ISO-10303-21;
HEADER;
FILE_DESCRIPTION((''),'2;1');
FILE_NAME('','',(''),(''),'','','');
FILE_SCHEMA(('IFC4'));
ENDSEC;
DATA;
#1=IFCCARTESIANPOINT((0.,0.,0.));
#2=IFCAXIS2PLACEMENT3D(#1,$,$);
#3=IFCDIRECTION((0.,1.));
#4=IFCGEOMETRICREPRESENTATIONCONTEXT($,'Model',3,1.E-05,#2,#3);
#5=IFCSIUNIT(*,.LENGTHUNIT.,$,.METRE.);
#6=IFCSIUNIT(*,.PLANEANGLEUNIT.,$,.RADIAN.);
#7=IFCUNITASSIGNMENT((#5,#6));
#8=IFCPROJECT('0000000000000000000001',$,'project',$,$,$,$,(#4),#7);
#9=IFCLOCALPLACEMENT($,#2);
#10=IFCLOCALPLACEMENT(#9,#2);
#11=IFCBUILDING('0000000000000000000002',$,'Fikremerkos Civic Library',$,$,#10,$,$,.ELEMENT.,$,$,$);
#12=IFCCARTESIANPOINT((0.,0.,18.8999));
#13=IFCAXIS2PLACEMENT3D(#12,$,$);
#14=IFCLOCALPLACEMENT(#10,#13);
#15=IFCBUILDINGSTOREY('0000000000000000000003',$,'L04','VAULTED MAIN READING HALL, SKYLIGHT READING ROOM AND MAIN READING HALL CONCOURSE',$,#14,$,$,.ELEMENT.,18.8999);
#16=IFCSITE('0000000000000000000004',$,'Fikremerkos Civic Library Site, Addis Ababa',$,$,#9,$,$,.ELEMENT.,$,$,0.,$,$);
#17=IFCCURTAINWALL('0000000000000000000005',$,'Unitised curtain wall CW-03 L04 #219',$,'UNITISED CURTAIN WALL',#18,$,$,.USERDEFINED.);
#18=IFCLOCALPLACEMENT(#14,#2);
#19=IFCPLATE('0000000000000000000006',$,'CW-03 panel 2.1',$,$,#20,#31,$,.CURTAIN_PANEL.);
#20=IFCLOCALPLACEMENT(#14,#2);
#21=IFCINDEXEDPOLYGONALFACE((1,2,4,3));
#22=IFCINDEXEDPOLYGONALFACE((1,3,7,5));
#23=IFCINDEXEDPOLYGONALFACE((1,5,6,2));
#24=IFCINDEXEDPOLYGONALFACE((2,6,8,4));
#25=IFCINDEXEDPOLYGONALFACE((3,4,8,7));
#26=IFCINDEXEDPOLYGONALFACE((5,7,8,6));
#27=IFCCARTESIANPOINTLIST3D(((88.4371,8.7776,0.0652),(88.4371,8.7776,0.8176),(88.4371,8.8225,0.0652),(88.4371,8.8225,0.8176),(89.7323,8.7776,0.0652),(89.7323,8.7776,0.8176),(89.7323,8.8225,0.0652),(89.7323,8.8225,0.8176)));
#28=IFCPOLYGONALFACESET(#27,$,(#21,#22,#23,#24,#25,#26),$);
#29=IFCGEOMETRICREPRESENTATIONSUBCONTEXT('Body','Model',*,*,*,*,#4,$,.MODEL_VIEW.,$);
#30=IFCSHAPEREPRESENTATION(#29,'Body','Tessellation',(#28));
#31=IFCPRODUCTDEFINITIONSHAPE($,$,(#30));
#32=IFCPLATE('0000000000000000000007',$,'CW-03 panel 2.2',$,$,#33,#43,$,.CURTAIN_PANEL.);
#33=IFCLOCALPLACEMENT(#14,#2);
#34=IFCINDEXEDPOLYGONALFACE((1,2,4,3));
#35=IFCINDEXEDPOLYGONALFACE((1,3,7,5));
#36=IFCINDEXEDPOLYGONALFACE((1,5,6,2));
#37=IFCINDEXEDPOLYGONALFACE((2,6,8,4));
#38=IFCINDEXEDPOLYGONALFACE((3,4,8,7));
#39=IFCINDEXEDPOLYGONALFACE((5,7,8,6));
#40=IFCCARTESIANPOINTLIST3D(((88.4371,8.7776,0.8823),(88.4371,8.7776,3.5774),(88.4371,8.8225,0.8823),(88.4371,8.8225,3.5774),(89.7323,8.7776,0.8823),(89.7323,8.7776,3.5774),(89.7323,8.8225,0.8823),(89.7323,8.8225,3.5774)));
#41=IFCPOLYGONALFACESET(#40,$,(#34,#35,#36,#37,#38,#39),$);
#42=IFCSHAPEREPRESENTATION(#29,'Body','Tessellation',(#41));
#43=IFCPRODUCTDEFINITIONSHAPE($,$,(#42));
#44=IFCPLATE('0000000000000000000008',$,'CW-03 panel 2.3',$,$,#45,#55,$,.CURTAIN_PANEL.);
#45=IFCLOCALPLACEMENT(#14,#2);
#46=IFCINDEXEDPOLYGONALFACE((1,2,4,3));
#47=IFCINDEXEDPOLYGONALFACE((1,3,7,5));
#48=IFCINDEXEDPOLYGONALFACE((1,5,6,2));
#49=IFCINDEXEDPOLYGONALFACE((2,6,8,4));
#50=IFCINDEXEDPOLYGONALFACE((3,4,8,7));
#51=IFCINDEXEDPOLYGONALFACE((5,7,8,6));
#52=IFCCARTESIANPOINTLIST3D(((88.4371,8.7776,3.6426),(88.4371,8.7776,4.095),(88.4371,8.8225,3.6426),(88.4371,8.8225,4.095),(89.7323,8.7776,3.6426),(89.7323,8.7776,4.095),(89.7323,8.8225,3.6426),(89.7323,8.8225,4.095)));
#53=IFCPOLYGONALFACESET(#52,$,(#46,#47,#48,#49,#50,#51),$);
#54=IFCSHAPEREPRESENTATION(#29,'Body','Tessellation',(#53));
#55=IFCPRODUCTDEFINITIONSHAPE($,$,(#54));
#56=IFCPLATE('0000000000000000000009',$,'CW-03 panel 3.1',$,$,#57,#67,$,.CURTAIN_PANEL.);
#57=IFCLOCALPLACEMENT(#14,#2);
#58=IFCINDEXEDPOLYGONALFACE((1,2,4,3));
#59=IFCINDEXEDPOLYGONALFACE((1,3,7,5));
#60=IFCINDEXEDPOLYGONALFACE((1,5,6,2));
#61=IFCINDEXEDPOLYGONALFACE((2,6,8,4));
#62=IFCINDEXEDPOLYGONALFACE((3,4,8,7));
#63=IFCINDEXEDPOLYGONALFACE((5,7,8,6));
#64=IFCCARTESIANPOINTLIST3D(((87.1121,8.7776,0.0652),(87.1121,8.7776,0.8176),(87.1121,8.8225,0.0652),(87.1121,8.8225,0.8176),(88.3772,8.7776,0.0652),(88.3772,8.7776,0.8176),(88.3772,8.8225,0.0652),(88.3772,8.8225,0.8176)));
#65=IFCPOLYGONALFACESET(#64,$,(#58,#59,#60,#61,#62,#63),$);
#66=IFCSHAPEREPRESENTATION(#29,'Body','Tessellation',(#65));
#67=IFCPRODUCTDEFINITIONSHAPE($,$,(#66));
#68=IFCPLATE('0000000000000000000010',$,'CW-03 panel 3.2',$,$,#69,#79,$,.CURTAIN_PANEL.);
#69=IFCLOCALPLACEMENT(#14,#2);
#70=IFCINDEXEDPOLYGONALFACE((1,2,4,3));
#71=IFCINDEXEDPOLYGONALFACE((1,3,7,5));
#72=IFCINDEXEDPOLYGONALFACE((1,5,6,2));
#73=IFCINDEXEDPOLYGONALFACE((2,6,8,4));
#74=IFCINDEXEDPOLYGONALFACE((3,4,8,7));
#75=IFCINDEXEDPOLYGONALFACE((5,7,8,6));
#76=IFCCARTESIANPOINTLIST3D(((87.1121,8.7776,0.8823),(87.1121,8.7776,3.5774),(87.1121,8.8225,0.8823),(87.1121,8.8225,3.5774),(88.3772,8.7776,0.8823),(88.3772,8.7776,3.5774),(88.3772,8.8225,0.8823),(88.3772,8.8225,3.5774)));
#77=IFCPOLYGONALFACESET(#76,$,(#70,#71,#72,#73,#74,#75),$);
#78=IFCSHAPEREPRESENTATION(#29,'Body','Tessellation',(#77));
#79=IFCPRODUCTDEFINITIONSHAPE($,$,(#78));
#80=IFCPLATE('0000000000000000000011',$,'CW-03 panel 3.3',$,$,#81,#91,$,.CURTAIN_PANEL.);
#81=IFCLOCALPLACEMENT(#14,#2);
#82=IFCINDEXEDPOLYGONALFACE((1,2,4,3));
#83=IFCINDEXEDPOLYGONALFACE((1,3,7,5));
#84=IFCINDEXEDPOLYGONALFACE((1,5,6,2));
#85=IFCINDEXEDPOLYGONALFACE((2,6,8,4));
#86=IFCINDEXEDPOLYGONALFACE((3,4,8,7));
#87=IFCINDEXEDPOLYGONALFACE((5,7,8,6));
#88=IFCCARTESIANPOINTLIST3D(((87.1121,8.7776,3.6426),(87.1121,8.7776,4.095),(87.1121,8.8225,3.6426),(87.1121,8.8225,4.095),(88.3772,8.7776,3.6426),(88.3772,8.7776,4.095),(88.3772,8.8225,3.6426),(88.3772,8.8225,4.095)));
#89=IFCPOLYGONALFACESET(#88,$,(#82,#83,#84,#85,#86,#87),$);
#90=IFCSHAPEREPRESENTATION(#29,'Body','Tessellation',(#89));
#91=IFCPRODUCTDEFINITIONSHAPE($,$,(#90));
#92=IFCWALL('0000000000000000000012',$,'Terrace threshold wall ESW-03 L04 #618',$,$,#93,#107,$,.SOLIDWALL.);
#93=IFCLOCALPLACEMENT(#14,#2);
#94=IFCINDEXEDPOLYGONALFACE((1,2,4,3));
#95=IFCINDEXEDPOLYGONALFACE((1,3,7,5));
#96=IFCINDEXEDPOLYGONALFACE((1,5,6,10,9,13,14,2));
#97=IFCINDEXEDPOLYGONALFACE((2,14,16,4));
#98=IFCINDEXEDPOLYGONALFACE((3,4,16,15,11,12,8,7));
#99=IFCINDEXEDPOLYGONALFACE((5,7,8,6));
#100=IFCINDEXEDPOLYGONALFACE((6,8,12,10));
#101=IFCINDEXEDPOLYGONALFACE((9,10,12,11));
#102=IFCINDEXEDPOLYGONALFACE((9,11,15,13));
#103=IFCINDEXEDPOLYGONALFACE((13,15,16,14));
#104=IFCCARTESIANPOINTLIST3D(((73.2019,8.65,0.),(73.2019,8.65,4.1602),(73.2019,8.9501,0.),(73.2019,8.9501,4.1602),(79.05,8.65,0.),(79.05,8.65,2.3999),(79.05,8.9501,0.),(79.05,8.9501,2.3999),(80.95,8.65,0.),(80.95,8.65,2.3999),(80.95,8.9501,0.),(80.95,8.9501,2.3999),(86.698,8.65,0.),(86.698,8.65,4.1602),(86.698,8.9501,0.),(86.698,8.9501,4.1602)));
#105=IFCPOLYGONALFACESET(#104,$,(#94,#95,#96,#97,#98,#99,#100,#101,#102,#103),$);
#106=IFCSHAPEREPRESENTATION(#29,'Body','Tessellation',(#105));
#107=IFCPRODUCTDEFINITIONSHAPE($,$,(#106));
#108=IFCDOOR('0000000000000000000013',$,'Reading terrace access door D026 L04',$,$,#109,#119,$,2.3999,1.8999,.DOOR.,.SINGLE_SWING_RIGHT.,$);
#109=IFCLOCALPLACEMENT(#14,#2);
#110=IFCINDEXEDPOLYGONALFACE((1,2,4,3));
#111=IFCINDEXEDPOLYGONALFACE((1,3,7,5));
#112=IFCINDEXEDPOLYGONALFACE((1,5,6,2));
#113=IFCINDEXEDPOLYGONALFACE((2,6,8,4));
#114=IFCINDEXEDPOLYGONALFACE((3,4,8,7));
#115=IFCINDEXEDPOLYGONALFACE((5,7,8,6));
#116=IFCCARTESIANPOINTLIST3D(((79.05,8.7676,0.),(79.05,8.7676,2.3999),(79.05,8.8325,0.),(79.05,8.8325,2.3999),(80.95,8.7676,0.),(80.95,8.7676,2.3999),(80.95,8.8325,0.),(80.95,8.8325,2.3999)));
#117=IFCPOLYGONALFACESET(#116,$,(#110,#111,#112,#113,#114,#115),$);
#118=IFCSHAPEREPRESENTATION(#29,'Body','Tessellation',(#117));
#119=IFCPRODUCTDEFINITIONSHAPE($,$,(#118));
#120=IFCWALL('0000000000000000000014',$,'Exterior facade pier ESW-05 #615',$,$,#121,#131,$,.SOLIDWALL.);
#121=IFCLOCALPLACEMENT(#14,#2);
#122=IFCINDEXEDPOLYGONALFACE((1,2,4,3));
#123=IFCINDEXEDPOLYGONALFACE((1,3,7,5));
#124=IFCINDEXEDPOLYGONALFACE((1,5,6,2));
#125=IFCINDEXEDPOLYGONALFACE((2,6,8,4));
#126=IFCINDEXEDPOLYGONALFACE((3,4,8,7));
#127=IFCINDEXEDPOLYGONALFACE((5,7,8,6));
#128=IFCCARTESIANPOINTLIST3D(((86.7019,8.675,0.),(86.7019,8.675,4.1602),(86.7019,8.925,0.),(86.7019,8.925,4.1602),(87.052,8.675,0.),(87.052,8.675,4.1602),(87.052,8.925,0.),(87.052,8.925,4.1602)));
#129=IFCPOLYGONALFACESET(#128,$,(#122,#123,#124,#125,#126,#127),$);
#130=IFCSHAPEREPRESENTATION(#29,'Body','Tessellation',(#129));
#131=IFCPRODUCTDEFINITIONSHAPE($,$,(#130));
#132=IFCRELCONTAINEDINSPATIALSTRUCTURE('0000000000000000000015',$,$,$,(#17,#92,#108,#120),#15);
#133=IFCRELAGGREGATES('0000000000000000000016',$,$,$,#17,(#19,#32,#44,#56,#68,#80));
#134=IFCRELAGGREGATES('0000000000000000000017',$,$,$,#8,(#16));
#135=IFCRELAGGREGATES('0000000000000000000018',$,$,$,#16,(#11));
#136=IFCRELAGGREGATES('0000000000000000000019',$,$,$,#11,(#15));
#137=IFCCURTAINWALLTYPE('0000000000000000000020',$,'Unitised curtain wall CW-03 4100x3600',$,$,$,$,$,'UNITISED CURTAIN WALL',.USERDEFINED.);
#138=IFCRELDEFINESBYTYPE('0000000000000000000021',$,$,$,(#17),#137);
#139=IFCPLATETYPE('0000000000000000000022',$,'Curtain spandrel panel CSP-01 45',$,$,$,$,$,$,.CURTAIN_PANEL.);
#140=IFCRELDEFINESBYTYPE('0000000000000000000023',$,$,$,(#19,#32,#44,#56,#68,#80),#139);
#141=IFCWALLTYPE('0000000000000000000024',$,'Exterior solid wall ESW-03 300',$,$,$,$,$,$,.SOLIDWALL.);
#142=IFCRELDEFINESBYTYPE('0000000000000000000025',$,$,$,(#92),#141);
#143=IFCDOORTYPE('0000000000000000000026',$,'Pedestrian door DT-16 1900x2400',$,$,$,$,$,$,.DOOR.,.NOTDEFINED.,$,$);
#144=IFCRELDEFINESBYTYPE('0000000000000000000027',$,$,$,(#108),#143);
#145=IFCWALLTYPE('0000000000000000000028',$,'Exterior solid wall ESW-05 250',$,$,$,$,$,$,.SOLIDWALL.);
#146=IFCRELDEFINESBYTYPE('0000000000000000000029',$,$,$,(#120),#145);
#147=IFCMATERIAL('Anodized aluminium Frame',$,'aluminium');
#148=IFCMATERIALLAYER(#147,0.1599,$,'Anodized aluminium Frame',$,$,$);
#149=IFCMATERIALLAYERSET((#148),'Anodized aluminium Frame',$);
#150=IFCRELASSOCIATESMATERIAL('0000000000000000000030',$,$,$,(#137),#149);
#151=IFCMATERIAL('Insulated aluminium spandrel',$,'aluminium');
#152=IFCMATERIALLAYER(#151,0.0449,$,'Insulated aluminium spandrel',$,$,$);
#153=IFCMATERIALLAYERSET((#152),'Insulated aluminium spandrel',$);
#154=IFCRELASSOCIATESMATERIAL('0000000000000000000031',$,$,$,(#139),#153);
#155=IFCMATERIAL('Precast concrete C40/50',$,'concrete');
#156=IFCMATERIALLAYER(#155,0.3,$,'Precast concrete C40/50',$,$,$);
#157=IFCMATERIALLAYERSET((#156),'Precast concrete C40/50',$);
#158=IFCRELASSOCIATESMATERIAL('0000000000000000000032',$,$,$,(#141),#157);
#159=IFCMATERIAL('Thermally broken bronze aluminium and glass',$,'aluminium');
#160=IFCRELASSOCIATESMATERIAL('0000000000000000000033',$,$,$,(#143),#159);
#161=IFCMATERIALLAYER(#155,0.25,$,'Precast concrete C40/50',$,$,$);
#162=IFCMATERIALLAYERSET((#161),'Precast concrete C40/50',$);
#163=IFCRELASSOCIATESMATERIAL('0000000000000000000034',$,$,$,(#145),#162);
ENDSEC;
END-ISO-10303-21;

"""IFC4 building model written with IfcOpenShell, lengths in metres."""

from ifc_helpers import new_model, si_unit, direction, frame, frame_2d, origin, origin_2d, place, context, subcontext, project, spatial, rectangle, extrude, material, layer, layer_set, type_object, element, fill, aggregate, save


model = new_model("IFC4")

# Units and contexts
model_context = context("Model", 3, precision=1e-05, world=origin(), true_north=direction((0.0, 1.0)))
body_context = subcontext(model_context, "Body", "Model", "MODEL_VIEW")
ifc_project = project(units=[si_unit("LENGTHUNIT", "METRE"), si_unit("PLANEANGLEUNIT", "RADIAN")], contexts=[model_context])

# Site, building, storey
site_placement = place(None, origin())
site = spatial("IfcSite", under=ifc_project, at=site_placement, Name="Fikremerkos Civic Library Site, Addis Ababa", CompositionType="ELEMENT", RefElevation=0.0)
building_placement = place(site_placement, origin())
building = spatial("IfcBuilding", under=site, at=building_placement, Name="Fikremerkos Civic Library", CompositionType="ELEMENT")
storey_placement = place(building_placement, frame((0.0, 0.0, 18.8999)))
storey = spatial("IfcBuildingStorey", under=building, at=storey_placement, Name="L04", Description="VAULTED MAIN READING HALL, SKYLIGHT READING ROOM AND MAIN READING HALL CONCOURSE", CompositionType="ELEMENT", Elevation=18.8999)

# Curtain wall, plates
ifc_material_1 = material(Name="Anodized aluminium Frame", Category="aluminium")
ifc_layer_1 = layer(ifc_material_1, 0.1599, Name="Anodized aluminium Frame")
ifc_layer_set_1 = layer_set([ifc_layer_1], Name="Anodized aluminium Frame")
curtain_wall_type = type_object("IfcCurtainWallType", Name="Unitised curtain wall CW-03 4100x3600", ElementType="UNITISED CURTAIN WALL", PredefinedType="USERDEFINED", material=ifc_layer_set_1)
curtain_wall_placement = place(storey_placement, origin())
curtain_wall = element("IfcCurtainWall", 1, at=curtain_wall_placement, inside=storey, type_object=curtain_wall_type, Name="Unitised curtain wall CW-03 L04 #219", ObjectType="UNITISED CURTAIN WALL", PredefinedType="USERDEFINED")
ifc_material_2 = material(Name="Insulated aluminium spandrel", Category="aluminium")
ifc_layer_2 = layer(ifc_material_2, 0.0449, Name="Insulated aluminium spandrel")
ifc_layer_set_2 = layer_set([ifc_layer_2], Name="Insulated aluminium spandrel")
plate_type = type_object("IfcPlateType", Name="Curtain spandrel panel CSP-01 45", PredefinedType="CURTAIN_PANEL", material=ifc_layer_set_2)
plate_1_placement = place(storey_placement, frame((89.0847, 8.8, 0.0652), z_axis=(0.0, 0.0, 1.0), x_axis=(-1.0, 0.0, 0.0)))
plate_1 = element("IfcPlate", 2, at=plate_1_placement, type_object=plate_type, Name="CW-03 panel 2.1", PredefinedType="CURTAIN_PANEL", context=body_context, shape_type="SweptSolid", body=[
    extrude(rectangle(XDim=1.2952, YDim=0.0449, at=origin_2d()), origin(), (0.0, 0.0, 1.0), 0.7524),
])
plate_2_placement = place(storey_placement, frame((89.0847, 8.8, 0.8823), z_axis=(0.0, 0.0, 1.0), x_axis=(-1.0, 0.0, 0.0)))
plate_2 = element("IfcPlate", 3, at=plate_2_placement, type_object=plate_type, Name="CW-03 panel 2.2", PredefinedType="CURTAIN_PANEL", context=body_context, shape_type="SweptSolid", body=[
    extrude(rectangle(XDim=1.2952, YDim=0.0449, at=origin_2d()), origin(), (0.0, 0.0, 1.0), 2.6951),
])
plate_3_placement = place(storey_placement, frame((89.0847, 8.8, 3.6426), z_axis=(0.0, 0.0, 1.0), x_axis=(-1.0, 0.0, 0.0)))
plate_3 = element("IfcPlate", 4, at=plate_3_placement, type_object=plate_type, Name="CW-03 panel 2.3", PredefinedType="CURTAIN_PANEL", context=body_context, shape_type="SweptSolid", body=[
    extrude(rectangle(XDim=1.2952, YDim=0.0449, at=origin_2d()), origin(), (0.0, 0.0, 1.0), 0.4524),
])
plate_4_placement = place(storey_placement, frame((87.7446, 8.8, 0.0652), z_axis=(0.0, 0.0, 1.0), x_axis=(-1.0, 0.0, 0.0)))
plate_4 = element("IfcPlate", 5, at=plate_4_placement, type_object=plate_type, Name="CW-03 panel 3.1", PredefinedType="CURTAIN_PANEL", context=body_context, shape_type="SweptSolid", body=[
    extrude(rectangle(XDim=1.2651, YDim=0.0449, at=origin_2d()), origin(), (0.0, 0.0, 1.0), 0.7524),
])
plate_5_placement = place(storey_placement, frame((87.7446, 8.8, 0.8823), z_axis=(0.0, 0.0, 1.0), x_axis=(-1.0, 0.0, 0.0)))
plate_5 = element("IfcPlate", 6, at=plate_5_placement, type_object=plate_type, Name="CW-03 panel 3.2", PredefinedType="CURTAIN_PANEL", context=body_context, shape_type="SweptSolid", body=[
    extrude(rectangle(XDim=1.2651, YDim=0.0449, at=origin_2d()), origin(), (0.0, 0.0, 1.0), 2.6951),
])
plate_6_placement = place(storey_placement, frame((87.7446, 8.8, 3.6426), z_axis=(0.0, 0.0, 1.0), x_axis=(-1.0, 0.0, 0.0)))
plate_6 = element("IfcPlate", 7, at=plate_6_placement, type_object=plate_type, Name="CW-03 panel 3.3", PredefinedType="CURTAIN_PANEL", context=body_context, shape_type="SweptSolid", body=[
    extrude(rectangle(XDim=1.2651, YDim=0.0449, at=origin_2d()), origin(), (0.0, 0.0, 1.0), 0.4524),
])
aggregate(curtain_wall, [plate_1, plate_2, plate_3, plate_4, plate_5, plate_6])

# Wall, opening, door
ifc_material_3 = material(Name="Precast concrete C40/50", Category="concrete")
ifc_layer_3 = layer(ifc_material_3, 0.3, Name="Precast concrete C40/50")
ifc_layer_set_3 = layer_set([ifc_layer_3], Name="Precast concrete C40/50")
wall_type_1 = type_object("IfcWallType", Name="Exterior solid wall ESW-03 300", PredefinedType="SOLIDWALL", material=ifc_layer_set_3)
wall_1_placement = place(storey_placement, frame((86.698, 8.8, 0.0), z_axis=(0.0, 0.0, 1.0), x_axis=(-1.0, 0.0, 0.0)))
wall_1 = element("IfcWall", 8, at=wall_1_placement, inside=storey, type_object=wall_type_1, Name="Terrace threshold wall ESW-03 L04 #618", PredefinedType="SOLIDWALL", context=body_context, shape_type="SweptSolid", body=[
    extrude(rectangle(XDim=13.4961, YDim=0.3, at=frame_2d((6.748, 0.0))), origin(), (0.0, 0.0, 1.0), 4.1602),
])
opening_placement = place(wall_1_placement, frame((5.748, 0.0, 0.0)))
opening = element("IfcOpeningElement", 9, at=opening_placement, cuts=wall_1, PredefinedType="OPENING", context=body_context, shape_type="SweptSolid", body=[
    extrude(rectangle(XDim=1.8999, YDim=2.3999, at=frame_2d((0.95, 1.2))), frame((0.0, 0.1599, 0.0), z_axis=(0.0, -1.0, 0.0), x_axis=(1.0, 0.0, 0.0)), (0.0, 0.0, 1.0), 0.3201),
])
ifc_material_4 = material(Name="Thermally broken bronze aluminium and glass", Category="aluminium")
door_type = type_object("IfcDoorType", Name="Pedestrian door DT-16 1900x2400", OperationType="NOTDEFINED", PredefinedType="DOOR", material=ifc_material_4)
door_placement = place(opening_placement, origin())
door = element("IfcDoor", 10, at=door_placement, inside=storey, type_object=door_type, Name="Reading terrace access door D026 L04", OperationType="SINGLE_SWING_RIGHT", OverallHeight=2.3999, OverallWidth=1.8999, PredefinedType="DOOR", context=body_context, shape_type="SweptSolid", body=[
    extrude(rectangle(XDim=1.8999, YDim=2.3999, at=frame_2d((0.95, 1.2))), frame((0.0, 0.0325, 0.0), z_axis=(0.0, -1.0, 0.0), x_axis=(1.0, 0.0, 0.0)), (0.0, 0.0, 1.0), 0.0649),
])
fill(opening, door)

# Wall
ifc_layer_4 = layer(ifc_material_3, 0.25, Name="Precast concrete C40/50")
ifc_layer_set_4 = layer_set([ifc_layer_4], Name="Precast concrete C40/50")
wall_type_2 = type_object("IfcWallType", Name="Exterior solid wall ESW-05 250", PredefinedType="SOLIDWALL", material=ifc_layer_set_4)
wall_2_placement = place(storey_placement, frame((87.052, 8.8, 0.0), z_axis=(0.0, 0.0, 1.0), x_axis=(-1.0, 0.0, 0.0)))
element("IfcWall", 11, at=wall_2_placement, inside=storey, type_object=wall_type_2, Name="Exterior facade pier ESW-05 #615", PredefinedType="SOLIDWALL", context=body_context, shape_type="SweptSolid", body=[
    extrude(rectangle(XDim=0.3501, YDim=0.25, at=frame_2d((0.175, 0.0))), origin(), (0.0, 0.0, 1.0), 4.1602),
])

save(model, "model.ifc")
